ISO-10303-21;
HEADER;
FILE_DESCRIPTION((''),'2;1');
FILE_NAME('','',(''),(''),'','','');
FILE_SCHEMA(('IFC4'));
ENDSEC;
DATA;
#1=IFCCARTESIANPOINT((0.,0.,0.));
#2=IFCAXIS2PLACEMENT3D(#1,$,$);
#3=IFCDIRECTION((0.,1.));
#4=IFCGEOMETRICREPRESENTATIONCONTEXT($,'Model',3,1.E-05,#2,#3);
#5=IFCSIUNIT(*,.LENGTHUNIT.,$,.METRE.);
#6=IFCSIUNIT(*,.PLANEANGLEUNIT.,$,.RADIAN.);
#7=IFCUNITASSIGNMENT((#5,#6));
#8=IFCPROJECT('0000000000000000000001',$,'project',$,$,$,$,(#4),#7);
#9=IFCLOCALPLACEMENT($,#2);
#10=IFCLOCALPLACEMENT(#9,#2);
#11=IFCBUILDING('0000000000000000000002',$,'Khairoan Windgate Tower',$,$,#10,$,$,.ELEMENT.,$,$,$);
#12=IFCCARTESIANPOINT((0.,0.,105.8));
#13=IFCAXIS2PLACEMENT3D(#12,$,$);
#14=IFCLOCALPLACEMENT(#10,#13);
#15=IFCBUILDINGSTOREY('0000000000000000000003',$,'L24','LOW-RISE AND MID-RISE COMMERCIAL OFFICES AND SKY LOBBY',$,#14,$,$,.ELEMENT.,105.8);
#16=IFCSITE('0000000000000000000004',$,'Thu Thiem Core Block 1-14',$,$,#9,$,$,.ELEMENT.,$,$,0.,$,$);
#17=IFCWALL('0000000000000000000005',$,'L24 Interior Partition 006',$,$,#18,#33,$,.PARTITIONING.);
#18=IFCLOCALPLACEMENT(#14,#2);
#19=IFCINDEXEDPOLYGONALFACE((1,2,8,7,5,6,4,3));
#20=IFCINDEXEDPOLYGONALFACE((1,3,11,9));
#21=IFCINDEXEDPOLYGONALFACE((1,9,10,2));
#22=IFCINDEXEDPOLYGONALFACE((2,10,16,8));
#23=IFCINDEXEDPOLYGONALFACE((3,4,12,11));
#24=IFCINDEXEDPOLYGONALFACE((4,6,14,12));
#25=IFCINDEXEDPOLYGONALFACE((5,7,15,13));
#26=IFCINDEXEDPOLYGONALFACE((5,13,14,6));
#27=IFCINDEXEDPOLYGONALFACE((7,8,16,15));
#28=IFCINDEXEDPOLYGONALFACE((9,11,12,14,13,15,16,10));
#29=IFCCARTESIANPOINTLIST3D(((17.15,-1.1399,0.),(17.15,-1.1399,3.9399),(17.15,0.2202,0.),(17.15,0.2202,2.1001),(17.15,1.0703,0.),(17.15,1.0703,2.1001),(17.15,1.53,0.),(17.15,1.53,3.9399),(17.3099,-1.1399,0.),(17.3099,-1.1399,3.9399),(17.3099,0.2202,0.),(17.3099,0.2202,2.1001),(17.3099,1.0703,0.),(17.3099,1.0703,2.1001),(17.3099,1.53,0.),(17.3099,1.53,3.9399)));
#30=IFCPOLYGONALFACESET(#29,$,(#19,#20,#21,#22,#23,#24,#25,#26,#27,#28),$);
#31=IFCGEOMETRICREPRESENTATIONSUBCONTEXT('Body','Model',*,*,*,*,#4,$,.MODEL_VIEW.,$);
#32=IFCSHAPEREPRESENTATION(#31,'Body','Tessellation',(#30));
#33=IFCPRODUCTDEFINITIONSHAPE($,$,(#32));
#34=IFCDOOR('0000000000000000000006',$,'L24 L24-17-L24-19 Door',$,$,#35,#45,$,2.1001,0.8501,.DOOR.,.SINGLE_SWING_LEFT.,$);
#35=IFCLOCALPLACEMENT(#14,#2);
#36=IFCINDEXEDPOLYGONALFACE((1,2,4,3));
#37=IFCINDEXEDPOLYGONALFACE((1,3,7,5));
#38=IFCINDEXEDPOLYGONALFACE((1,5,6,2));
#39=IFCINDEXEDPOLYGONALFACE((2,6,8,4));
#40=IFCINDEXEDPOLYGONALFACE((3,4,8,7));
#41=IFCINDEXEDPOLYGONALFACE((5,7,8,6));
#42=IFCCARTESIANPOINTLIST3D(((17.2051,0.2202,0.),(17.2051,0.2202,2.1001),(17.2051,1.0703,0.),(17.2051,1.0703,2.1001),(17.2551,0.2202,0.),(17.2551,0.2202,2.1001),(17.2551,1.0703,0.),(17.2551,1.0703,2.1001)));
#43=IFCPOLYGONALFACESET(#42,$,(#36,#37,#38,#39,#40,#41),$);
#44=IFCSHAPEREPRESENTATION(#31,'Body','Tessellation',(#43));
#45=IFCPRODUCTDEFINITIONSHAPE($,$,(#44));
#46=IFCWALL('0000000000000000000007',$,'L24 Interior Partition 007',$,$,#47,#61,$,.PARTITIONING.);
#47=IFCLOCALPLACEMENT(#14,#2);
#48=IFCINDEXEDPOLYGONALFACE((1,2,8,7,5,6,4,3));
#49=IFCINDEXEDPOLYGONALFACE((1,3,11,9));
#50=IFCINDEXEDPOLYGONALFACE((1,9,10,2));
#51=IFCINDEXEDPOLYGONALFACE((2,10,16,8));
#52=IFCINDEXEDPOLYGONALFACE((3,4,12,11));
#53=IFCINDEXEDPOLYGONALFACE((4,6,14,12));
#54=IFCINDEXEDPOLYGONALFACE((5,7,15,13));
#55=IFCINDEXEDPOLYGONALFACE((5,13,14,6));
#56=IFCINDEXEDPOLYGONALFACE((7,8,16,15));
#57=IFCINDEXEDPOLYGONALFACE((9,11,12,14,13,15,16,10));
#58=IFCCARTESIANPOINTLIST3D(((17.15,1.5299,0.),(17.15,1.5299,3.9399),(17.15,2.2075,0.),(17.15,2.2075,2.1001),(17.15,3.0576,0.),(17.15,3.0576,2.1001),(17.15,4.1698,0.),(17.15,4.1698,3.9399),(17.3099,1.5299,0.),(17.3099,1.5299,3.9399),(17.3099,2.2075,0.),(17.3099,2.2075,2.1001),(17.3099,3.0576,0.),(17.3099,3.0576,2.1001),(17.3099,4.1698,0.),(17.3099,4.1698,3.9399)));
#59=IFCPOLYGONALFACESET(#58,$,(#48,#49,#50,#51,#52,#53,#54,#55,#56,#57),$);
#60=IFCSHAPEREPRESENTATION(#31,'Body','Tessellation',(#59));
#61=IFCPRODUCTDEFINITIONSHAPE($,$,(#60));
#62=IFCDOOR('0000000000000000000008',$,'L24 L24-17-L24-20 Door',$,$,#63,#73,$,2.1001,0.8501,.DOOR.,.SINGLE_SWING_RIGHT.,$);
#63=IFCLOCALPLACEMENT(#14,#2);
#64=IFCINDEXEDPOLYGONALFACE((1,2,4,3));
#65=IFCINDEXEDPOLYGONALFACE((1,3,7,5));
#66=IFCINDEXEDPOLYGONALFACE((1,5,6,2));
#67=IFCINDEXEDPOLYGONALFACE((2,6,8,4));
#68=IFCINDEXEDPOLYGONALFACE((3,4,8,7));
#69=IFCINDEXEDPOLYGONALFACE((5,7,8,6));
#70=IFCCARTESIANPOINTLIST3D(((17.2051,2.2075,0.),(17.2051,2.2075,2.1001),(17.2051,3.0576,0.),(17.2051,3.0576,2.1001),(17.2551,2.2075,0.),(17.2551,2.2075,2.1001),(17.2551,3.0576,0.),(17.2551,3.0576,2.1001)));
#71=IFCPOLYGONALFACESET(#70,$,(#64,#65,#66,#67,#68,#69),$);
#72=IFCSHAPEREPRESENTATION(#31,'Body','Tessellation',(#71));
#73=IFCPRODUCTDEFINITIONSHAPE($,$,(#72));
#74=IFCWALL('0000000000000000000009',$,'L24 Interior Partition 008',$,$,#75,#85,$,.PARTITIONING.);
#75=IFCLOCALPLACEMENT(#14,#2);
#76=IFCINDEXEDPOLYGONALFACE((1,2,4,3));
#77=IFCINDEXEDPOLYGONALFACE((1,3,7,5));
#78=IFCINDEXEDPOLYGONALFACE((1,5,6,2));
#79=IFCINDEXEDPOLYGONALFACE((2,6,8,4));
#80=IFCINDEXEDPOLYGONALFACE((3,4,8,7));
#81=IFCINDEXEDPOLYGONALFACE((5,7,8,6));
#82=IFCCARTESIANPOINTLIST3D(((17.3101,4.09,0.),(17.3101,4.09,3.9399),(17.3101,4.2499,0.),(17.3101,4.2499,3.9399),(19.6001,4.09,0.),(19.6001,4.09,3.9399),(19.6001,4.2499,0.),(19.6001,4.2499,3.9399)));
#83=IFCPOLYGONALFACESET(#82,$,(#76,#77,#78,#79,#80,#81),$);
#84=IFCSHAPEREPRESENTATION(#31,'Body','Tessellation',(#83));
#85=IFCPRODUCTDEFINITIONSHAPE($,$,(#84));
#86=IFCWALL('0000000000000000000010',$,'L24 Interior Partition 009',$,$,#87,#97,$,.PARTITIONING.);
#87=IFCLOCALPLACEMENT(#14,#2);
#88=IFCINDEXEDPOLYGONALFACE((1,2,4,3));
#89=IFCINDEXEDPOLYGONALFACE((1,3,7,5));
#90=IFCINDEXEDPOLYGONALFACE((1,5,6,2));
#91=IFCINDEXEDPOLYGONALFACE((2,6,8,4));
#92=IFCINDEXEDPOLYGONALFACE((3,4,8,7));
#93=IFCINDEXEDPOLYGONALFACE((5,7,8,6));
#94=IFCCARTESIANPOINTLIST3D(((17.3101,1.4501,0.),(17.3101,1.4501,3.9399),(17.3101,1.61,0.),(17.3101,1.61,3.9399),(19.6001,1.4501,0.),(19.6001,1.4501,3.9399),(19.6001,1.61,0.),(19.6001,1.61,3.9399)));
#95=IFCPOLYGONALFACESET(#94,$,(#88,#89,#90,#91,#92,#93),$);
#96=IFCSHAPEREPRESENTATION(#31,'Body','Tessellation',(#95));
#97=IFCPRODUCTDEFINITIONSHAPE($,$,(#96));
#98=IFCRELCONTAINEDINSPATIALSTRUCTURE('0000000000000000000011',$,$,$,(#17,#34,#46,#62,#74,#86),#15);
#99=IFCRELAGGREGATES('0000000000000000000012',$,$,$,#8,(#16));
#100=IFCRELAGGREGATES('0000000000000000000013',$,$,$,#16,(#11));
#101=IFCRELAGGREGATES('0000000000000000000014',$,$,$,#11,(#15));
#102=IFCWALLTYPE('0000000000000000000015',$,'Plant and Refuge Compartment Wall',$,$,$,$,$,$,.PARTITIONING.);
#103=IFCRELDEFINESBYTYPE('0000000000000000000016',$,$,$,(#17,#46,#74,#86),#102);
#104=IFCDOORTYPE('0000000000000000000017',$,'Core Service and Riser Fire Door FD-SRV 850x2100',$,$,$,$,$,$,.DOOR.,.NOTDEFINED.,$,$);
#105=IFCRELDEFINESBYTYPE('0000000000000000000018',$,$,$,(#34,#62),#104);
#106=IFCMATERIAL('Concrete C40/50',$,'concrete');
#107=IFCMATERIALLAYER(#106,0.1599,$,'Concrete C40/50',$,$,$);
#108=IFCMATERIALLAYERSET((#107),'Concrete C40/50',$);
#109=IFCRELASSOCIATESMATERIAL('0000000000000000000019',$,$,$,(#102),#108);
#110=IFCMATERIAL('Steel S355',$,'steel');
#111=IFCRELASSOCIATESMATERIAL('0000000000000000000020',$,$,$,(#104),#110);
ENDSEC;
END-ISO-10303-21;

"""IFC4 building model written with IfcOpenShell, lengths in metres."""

from ifc_helpers import new_model, si_unit, direction, frame, frame_2d, origin, place, context, subcontext, project, spatial, rectangle, extrude, material, layer, layer_set, type_object, element, fill, save


model = new_model("IFC4")

# Units and contexts
model_context = context("Model", 3, precision=1e-05, world=origin(), true_north=direction((0.0, 1.0)))
body_context = subcontext(model_context, "Body", "Model", "MODEL_VIEW")
ifc_project = project(units=[si_unit("LENGTHUNIT", "METRE"), si_unit("PLANEANGLEUNIT", "RADIAN")], contexts=[model_context])

# Site, building, storey
site_placement = place(None, origin())
site = spatial("IfcSite", under=ifc_project, at=site_placement, Name="Thu Thiem Core Block 1-14", CompositionType="ELEMENT", RefElevation=0.0)
building_placement = place(site_placement, origin())
building = spatial("IfcBuilding", under=site, at=building_placement, Name="Khairoan Windgate Tower", CompositionType="ELEMENT")
storey_placement = place(building_placement, frame((0.0, 0.0, 105.8)))
storey = spatial("IfcBuildingStorey", under=building, at=storey_placement, Name="L24", Description="LOW-RISE AND MID-RISE COMMERCIAL OFFICES AND SKY LOBBY", CompositionType="ELEMENT", Elevation=105.8)

# Walls, openings, doors
ifc_material_1 = material(Name="Concrete C40/50", Category="concrete")
ifc_layer_1 = layer(ifc_material_1, 0.1599, Name="Concrete C40/50")
ifc_layer_set_1 = layer_set([ifc_layer_1], Name="Concrete C40/50")
wall_type_1 = type_object("IfcWallType", Name="Plant and Refuge Compartment Wall", PredefinedType="PARTITIONING", material=ifc_layer_set_1)
ifc_material_2 = material(Name="Steel S355", Category="steel")
door_type = type_object("IfcDoorType", Name="Core Service and Riser Fire Door FD-SRV 850x2100", OperationType="NOTDEFINED", PredefinedType="DOOR", material=ifc_material_2)
wall_1_placement = place(storey_placement, frame((17.23, -1.1399, 0.0), z_axis=(0.0, 0.0, 1.0), x_axis=(0.0, 1.0, 0.0)))
wall_1 = element("IfcWall", 1, at=wall_1_placement, inside=storey, type_object=wall_type_1, Name="L24 Interior Partition 006", PredefinedType="PARTITIONING", context=body_context, shape_type="SweptSolid", body=[
    extrude(rectangle(XDim=2.6699, YDim=0.1599, at=frame_2d((1.335, 0.0))), origin(), (0.0, 0.0, 1.0), 3.9399),
])
opening_1_placement = place(wall_1_placement, frame((1.3601, 0.0, 0.0)))
opening_1 = element("IfcOpeningElement", 2, at=opening_1_placement, cuts=wall_1, PredefinedType="OPENING", context=body_context, shape_type="SweptSolid", body=[
    extrude(rectangle(XDim=0.8501, YDim=2.1001, at=frame_2d((0.425, 1.05))), frame((0.0, 0.0898, 0.0), z_axis=(0.0, -1.0, 0.0), x_axis=(1.0, 0.0, 0.0)), (0.0, 0.0, 1.0), 0.1799),
])
door_1_placement = place(opening_1_placement, origin())
door_1 = element("IfcDoor", 3, at=door_1_placement, inside=storey, type_object=door_type, Name="L24 L24-17-L24-19 Door", OperationType="SINGLE_SWING_LEFT", OverallHeight=2.1001, OverallWidth=0.8501, PredefinedType="DOOR", context=body_context, shape_type="SweptSolid", body=[
    extrude(rectangle(XDim=0.8501, YDim=2.1001, at=frame_2d((0.425, 1.05))), frame((0.0, 0.0249, 0.0), z_axis=(0.0, -1.0, 0.0), x_axis=(1.0, 0.0, 0.0)), (0.0, 0.0, 1.0), 0.05),
])
fill(opening_1, door_1)
wall_2_placement = place(storey_placement, frame((17.23, 1.53, 0.0), z_axis=(0.0, 0.0, 1.0), x_axis=(0.0, 1.0, 0.0)))
wall_2 = element("IfcWall", 4, at=wall_2_placement, inside=storey, type_object=wall_type_1, Name="L24 Interior Partition 007", PredefinedType="PARTITIONING", context=body_context, shape_type="SweptSolid", body=[
    extrude(rectangle(XDim=2.6399, YDim=0.1599, at=frame_2d((1.3198, 0.0))), origin(), (0.0, 0.0, 1.0), 3.9399),
])
opening_2_placement = place(wall_2_placement, frame((0.6775, 0.0, 0.0)))
opening_2 = element("IfcOpeningElement", 5, at=opening_2_placement, cuts=wall_2, PredefinedType="OPENING", context=body_context, shape_type="SweptSolid", body=[
    extrude(rectangle(XDim=0.8501, YDim=2.1001, at=frame_2d((0.425, 1.05))), frame((0.0, 0.0898, 0.0), z_axis=(0.0, -1.0, 0.0), x_axis=(1.0, 0.0, 0.0)), (0.0, 0.0, 1.0), 0.1799),
])
door_2_placement = place(opening_2_placement, origin())
door_2 = element("IfcDoor", 6, at=door_2_placement, inside=storey, type_object=door_type, Name="L24 L24-17-L24-20 Door", OperationType="SINGLE_SWING_RIGHT", OverallHeight=2.1001, OverallWidth=0.8501, PredefinedType="DOOR", context=body_context, shape_type="SweptSolid", body=[
    extrude(rectangle(XDim=0.8501, YDim=2.1001, at=frame_2d((0.425, 1.05))), frame((0.0, 0.0249, 0.0), z_axis=(0.0, -1.0, 0.0), x_axis=(1.0, 0.0, 0.0)), (0.0, 0.0, 1.0), 0.05),
])
fill(opening_2, door_2)

# Walls
for number, where, z_axis, x_axis, name in (
    (7, (17.3101, 4.1699, 0.0), (0.0, 0.0, 1.0), (1.0, 0.0, 0.0), "L24 Interior Partition 008"),
    (8, (17.3101, 1.53, 0.0), (0.0, 0.0, 1.0), (1.0, 0.0, 0.0), "L24 Interior Partition 009"),
):
    element("IfcWall", number, at=place(storey_placement, frame(where, z_axis=z_axis, x_axis=x_axis)), inside=storey, type_object=wall_type_1, Name=name, PredefinedType="PARTITIONING", context=body_context, shape_type="SweptSolid", body=[
        extrude(rectangle(XDim=2.29, YDim=0.1599, at=frame_2d((1.145, 0.0))), origin(), (0.0, 0.0, 1.0), 3.9399),
    ])

save(model, "model.ifc")
